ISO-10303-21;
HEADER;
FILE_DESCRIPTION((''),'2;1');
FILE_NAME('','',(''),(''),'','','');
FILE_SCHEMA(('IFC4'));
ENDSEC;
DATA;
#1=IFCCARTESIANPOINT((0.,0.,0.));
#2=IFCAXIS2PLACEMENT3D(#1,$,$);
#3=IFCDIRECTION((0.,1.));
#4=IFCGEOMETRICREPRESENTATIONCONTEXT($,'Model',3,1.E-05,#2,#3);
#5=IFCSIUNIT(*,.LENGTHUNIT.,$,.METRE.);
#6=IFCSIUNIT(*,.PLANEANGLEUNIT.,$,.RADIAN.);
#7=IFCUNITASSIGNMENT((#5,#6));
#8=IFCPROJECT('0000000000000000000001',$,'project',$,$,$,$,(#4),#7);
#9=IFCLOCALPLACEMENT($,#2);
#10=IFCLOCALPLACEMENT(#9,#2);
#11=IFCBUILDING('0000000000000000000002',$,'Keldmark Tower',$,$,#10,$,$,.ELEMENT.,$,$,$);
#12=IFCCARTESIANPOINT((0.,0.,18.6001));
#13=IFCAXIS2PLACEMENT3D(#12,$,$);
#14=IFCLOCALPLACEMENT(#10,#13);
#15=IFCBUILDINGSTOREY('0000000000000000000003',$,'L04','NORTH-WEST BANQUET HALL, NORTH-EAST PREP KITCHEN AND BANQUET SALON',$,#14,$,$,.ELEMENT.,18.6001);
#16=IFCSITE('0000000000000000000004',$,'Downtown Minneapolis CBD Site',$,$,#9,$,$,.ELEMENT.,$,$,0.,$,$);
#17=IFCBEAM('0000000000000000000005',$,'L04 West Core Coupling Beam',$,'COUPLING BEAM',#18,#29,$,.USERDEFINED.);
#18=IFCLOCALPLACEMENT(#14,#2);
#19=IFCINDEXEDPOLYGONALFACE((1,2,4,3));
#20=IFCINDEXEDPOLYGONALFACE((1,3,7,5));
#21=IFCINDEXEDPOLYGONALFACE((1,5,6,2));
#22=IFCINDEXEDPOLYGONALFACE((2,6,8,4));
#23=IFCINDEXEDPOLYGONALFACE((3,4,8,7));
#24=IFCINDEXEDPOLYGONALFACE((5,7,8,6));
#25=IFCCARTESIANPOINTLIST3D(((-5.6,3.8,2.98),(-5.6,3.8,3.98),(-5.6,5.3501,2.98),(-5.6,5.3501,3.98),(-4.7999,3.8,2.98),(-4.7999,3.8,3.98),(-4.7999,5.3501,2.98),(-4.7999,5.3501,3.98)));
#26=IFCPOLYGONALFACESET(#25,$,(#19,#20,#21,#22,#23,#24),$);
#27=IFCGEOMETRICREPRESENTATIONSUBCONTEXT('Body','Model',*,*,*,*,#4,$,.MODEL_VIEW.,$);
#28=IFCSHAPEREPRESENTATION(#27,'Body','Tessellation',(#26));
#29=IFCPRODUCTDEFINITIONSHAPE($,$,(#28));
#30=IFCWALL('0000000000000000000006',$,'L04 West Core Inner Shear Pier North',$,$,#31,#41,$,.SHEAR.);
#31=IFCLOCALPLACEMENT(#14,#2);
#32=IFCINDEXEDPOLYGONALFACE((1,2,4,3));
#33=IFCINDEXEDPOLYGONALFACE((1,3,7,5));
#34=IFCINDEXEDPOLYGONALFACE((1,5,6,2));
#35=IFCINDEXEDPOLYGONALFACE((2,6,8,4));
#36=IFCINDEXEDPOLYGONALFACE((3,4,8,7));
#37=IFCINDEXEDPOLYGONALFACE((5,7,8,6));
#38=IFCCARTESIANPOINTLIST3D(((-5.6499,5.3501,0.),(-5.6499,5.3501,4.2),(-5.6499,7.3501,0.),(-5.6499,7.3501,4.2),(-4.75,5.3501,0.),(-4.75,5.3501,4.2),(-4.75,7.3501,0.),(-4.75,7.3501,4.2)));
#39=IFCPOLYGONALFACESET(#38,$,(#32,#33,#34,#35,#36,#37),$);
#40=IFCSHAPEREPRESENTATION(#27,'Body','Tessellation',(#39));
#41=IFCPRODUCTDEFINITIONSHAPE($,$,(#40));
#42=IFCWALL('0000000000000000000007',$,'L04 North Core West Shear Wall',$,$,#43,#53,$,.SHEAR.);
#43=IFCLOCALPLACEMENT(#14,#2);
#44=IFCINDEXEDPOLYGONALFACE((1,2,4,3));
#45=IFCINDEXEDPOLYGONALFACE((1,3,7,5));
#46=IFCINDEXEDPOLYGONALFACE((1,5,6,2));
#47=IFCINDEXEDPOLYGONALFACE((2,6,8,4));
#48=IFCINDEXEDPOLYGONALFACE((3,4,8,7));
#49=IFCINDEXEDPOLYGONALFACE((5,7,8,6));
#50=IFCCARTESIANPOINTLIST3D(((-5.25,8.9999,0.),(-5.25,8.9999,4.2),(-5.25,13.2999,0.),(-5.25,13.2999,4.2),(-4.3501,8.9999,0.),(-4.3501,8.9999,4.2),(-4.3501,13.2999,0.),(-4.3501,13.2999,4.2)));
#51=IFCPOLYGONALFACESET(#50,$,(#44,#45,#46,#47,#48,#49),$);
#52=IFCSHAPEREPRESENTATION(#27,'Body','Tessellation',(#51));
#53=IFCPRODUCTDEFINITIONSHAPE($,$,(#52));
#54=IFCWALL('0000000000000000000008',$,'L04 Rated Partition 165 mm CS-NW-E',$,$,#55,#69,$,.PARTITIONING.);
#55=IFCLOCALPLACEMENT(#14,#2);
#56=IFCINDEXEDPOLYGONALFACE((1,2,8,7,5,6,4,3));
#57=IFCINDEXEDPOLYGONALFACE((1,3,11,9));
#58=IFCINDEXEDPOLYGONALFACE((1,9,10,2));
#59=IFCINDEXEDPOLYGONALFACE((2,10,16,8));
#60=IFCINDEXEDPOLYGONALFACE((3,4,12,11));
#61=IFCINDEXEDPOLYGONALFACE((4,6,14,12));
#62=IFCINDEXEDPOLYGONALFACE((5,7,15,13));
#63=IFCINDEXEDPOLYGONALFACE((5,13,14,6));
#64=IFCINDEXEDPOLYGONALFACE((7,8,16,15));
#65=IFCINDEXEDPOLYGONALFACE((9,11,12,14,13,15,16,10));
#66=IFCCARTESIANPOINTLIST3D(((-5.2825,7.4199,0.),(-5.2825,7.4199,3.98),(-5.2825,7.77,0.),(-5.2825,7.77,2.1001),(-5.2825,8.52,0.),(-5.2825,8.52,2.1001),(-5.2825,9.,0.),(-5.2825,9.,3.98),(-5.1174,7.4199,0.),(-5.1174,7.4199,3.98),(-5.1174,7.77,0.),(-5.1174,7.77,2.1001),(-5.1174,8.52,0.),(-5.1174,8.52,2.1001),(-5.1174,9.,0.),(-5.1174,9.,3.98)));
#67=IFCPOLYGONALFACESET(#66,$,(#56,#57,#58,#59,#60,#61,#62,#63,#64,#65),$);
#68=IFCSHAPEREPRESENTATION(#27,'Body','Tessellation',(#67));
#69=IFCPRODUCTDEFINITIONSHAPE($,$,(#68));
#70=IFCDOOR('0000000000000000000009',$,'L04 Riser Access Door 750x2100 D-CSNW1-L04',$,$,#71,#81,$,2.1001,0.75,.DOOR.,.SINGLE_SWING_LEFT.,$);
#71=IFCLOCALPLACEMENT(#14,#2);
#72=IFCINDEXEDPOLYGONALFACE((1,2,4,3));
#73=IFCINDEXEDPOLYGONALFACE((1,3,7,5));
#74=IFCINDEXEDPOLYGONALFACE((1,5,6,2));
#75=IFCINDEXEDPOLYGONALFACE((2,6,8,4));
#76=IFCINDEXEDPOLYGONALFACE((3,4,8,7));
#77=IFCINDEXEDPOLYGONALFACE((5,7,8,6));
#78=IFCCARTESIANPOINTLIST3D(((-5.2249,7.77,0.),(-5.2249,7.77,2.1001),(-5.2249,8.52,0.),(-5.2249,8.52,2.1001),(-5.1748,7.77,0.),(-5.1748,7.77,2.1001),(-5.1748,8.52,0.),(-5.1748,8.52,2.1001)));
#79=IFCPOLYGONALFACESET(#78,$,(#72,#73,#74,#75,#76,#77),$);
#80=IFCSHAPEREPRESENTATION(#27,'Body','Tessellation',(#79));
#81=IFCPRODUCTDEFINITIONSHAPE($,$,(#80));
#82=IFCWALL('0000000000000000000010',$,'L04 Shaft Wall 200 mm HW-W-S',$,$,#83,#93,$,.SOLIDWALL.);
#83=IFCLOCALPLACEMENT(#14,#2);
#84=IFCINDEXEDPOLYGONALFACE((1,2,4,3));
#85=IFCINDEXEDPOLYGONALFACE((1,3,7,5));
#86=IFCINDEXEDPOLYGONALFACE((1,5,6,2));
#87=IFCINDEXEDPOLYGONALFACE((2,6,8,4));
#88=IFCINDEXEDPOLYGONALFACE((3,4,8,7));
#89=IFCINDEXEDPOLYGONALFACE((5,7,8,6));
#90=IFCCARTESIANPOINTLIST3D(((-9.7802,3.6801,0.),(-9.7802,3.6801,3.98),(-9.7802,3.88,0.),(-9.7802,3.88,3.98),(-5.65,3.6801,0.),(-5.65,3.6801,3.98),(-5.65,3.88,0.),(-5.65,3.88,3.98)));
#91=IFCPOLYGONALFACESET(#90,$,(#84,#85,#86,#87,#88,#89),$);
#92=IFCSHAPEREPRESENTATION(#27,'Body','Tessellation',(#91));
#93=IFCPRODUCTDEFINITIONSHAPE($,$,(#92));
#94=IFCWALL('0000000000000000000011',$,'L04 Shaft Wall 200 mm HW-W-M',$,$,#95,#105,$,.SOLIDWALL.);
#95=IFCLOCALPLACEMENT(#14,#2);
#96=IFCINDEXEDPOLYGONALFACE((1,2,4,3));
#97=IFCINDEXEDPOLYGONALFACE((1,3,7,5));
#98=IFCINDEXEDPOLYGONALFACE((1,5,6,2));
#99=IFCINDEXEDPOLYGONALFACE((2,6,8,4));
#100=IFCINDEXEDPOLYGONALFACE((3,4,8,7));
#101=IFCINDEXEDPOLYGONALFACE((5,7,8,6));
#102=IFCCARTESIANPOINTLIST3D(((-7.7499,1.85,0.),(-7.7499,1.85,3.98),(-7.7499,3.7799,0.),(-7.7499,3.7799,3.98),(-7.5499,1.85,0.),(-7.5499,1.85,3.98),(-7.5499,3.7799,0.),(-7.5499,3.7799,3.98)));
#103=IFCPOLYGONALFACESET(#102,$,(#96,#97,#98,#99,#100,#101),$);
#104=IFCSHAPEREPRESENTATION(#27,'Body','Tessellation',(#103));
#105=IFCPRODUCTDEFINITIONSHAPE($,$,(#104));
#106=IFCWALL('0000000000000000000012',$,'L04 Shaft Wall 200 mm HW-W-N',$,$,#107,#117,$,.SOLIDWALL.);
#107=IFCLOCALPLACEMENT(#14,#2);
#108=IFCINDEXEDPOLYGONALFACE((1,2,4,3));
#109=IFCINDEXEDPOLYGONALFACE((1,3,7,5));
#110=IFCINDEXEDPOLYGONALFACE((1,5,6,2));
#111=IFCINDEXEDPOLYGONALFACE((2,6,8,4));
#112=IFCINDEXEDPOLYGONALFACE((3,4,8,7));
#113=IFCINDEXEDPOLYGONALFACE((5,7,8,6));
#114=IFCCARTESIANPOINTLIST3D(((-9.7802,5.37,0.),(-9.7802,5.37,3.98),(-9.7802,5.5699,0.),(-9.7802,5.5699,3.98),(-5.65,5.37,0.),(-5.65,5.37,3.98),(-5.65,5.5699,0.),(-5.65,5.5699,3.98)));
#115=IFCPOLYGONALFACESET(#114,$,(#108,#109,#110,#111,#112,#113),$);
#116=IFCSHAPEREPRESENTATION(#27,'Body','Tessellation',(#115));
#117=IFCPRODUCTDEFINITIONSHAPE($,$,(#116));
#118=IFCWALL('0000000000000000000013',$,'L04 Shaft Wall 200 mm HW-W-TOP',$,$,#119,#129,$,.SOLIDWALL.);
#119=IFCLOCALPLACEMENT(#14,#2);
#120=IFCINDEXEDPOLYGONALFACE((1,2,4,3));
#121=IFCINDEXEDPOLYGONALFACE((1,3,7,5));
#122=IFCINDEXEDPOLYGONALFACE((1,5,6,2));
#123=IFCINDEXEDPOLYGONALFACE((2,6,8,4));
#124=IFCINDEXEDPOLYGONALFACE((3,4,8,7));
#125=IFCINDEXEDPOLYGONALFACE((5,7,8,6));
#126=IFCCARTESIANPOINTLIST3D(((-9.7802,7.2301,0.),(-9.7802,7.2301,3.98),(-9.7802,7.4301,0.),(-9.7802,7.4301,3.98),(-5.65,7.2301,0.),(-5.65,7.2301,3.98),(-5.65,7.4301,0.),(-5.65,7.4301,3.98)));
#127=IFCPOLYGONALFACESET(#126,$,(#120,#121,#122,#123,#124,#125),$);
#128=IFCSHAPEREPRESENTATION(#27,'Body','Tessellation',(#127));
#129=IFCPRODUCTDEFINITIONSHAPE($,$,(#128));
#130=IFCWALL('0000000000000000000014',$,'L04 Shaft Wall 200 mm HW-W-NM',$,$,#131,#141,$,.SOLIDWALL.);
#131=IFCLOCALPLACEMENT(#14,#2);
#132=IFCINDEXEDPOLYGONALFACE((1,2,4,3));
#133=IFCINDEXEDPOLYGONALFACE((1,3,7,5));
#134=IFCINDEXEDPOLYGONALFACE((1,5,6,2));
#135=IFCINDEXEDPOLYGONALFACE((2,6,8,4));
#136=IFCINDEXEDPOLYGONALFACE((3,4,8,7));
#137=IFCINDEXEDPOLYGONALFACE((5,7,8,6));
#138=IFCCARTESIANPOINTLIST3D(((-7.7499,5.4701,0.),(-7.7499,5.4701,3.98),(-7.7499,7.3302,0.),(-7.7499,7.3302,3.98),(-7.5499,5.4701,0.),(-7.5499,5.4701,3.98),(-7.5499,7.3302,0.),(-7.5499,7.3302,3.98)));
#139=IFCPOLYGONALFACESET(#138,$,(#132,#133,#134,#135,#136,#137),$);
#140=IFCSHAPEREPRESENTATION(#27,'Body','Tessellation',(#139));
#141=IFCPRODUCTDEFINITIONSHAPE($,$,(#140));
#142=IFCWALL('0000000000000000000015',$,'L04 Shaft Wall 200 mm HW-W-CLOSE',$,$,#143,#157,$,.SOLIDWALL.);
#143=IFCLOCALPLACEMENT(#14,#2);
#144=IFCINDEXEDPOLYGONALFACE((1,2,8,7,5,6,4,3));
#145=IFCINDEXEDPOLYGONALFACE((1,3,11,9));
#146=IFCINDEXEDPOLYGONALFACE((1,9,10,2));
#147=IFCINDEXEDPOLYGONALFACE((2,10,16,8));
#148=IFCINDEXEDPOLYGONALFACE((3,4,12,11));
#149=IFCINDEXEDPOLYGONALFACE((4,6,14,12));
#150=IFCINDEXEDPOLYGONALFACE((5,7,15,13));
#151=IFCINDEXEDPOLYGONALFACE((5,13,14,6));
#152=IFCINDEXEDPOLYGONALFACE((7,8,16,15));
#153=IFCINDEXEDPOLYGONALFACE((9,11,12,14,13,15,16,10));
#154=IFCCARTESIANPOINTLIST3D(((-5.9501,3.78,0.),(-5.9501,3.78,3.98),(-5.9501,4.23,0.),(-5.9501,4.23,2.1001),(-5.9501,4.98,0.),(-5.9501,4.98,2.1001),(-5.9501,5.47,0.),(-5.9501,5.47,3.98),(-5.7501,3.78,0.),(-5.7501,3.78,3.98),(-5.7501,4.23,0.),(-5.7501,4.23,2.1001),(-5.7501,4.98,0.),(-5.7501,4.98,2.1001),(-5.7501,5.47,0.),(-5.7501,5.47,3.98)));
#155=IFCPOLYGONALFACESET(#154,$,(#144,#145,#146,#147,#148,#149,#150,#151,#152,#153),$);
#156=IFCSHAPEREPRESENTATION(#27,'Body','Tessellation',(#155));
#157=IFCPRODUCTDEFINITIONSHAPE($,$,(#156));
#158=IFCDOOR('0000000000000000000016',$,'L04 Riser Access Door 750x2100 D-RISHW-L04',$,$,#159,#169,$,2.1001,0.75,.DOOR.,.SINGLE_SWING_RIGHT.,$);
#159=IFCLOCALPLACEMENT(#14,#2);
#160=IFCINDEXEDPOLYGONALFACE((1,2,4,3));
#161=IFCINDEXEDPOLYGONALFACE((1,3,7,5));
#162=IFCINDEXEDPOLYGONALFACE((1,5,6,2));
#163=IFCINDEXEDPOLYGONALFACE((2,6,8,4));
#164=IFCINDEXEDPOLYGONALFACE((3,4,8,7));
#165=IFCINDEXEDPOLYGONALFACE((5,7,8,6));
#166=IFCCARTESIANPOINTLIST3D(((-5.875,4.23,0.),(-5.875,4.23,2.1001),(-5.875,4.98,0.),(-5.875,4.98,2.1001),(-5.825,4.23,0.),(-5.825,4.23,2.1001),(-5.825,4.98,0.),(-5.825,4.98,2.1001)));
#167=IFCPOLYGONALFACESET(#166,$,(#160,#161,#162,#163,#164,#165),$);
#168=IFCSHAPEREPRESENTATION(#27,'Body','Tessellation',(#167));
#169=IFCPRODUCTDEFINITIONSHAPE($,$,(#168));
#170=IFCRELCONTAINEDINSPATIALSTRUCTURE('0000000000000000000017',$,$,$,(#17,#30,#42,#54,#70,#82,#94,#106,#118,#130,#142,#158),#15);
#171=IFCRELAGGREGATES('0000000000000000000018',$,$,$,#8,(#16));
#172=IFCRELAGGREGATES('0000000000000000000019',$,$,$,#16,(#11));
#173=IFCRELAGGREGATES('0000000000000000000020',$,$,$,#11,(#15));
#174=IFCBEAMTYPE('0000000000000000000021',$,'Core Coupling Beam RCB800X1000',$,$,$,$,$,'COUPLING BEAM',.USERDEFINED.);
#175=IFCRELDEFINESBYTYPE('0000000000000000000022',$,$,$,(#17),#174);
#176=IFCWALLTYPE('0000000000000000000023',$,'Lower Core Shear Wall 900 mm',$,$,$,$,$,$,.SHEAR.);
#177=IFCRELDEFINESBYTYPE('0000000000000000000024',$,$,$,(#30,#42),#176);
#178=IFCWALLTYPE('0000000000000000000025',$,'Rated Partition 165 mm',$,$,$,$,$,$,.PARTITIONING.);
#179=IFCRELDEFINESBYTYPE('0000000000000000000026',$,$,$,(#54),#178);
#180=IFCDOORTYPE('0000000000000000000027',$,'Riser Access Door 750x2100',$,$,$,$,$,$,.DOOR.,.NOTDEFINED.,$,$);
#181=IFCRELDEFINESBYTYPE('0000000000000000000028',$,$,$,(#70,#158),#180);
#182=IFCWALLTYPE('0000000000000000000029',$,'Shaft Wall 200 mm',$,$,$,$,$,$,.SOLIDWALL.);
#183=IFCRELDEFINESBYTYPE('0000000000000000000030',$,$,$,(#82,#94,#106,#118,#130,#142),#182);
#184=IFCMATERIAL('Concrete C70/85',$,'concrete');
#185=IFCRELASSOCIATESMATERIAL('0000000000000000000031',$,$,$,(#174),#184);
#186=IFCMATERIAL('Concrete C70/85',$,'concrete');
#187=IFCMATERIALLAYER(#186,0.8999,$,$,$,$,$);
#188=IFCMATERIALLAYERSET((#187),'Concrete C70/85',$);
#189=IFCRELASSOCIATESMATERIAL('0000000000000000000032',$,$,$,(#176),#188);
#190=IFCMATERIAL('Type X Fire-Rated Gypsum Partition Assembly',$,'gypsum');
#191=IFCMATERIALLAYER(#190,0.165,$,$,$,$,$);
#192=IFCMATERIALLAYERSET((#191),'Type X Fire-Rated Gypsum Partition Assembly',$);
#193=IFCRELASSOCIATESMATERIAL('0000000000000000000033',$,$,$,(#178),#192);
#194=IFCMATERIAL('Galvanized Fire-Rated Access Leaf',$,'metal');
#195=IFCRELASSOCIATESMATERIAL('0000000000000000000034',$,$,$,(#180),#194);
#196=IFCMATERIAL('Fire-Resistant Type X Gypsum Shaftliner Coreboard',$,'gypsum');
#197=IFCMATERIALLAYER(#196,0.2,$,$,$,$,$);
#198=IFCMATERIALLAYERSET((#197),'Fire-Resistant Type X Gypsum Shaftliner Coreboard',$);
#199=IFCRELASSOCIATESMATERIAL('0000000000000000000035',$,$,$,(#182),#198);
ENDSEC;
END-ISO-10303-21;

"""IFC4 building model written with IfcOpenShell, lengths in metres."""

from ifc_helpers import new_model, si_unit, direction, frame, frame_2d, origin, origin_2d, place, context, subcontext, project, spatial, rectangle, extrude, material, layer, layer_set, material_profile, profile_set, type_object, element, fill, save


model = new_model("IFC4")

# Units and contexts
model_context = context("Model", 3, precision=1e-05, world=origin(), true_north=direction((0.0, 1.0)))
body_context = subcontext(model_context, "Body", "Model", "MODEL_VIEW")
ifc_project = project(units=[si_unit("LENGTHUNIT", "METRE"), si_unit("PLANEANGLEUNIT", "RADIAN")], contexts=[model_context])

# Site, building, storey
site_placement = place(None, origin())
site = spatial("IfcSite", under=ifc_project, at=site_placement, Name="Downtown Minneapolis CBD Site", CompositionType="ELEMENT", RefElevation=0.0)
building_placement = place(site_placement, origin())
building = spatial("IfcBuilding", under=site, at=building_placement, Name="Keldmark Tower", CompositionType="ELEMENT")
storey_placement = place(building_placement, frame((0.0, 0.0, 18.6001)))
storey = spatial("IfcBuildingStorey", under=building, at=storey_placement, Name="L04", Description="NORTH-WEST BANQUET HALL, NORTH-EAST PREP KITCHEN AND BANQUET SALON", CompositionType="ELEMENT", Elevation=18.6001)

# Beam
ifc_material_1 = material(Name="Concrete C70/85", Category="concrete")
ifc_material_profile = material_profile(ifc_material_1, rectangle(XDim=0.8, YDim=1.0, at=origin_2d()), Name="RCB800X1000")
ifc_profile_set = profile_set([ifc_material_profile], Name="Concrete C70/85")
beam_type = type_object("IfcBeamType", Name="Core Coupling Beam RCB800X1000", ElementType="COUPLING BEAM", PredefinedType="USERDEFINED", material=ifc_profile_set)
beam_placement = place(storey_placement, frame((-5.2, 3.8, 3.48), z_axis=(0.0, 1.0, 0.0), x_axis=(-1.0, 0.0, 0.0)))
element("IfcBeam", 1, at=beam_placement, inside=storey, type_object=beam_type, Name="L04 West Core Coupling Beam", ObjectType="COUPLING BEAM", PredefinedType="USERDEFINED", context=body_context, shape_type="SweptSolid", body=[
    extrude(rectangle(XDim=0.8, YDim=1.0, at=origin_2d()), origin(), (0.0, 0.0, 1.0), 1.55),
])

# Walls
ifc_material_2 = material(Name="Concrete C70/85", Category="concrete")
ifc_layer_1 = layer(ifc_material_2, 0.8999)
ifc_layer_set_1 = layer_set([ifc_layer_1], Name="Concrete C70/85")
wall_type_1 = type_object("IfcWallType", Name="Lower Core Shear Wall 900 mm", PredefinedType="SHEAR", material=ifc_layer_set_1)
wall_1_placement = place(storey_placement, frame((-5.2, 5.3501, 0.0), z_axis=(0.0, 0.0, 1.0), x_axis=(0.0, 1.0, 0.0)))
element("IfcWall", 2, at=wall_1_placement, inside=storey, type_object=wall_type_1, Name="L04 West Core Inner Shear Pier North", PredefinedType="SHEAR", context=body_context, shape_type="SweptSolid", body=[
    extrude(rectangle(XDim=2.0, YDim=0.8999, at=frame_2d((1.0, 0.0))), origin(), (0.0, 0.0, 1.0), 4.2),
])
wall_2_placement = place(storey_placement, frame((-4.8, 9.0, 0.0), z_axis=(0.0, 0.0, 1.0), x_axis=(0.0, 1.0, 0.0)))
element("IfcWall", 3, at=wall_2_placement, inside=storey, type_object=wall_type_1, Name="L04 North Core West Shear Wall", PredefinedType="SHEAR", context=body_context, shape_type="SweptSolid", body=[
    extrude(rectangle(XDim=4.3, YDim=0.8999, at=frame_2d((2.1499, 0.0))), origin(), (0.0, 0.0, 1.0), 4.2),
])

# Wall, opening, door
ifc_material_3 = material(Name="Type X Fire-Rated Gypsum Partition Assembly", Category="gypsum")
ifc_layer_2 = layer(ifc_material_3, 0.165)
ifc_layer_set_2 = layer_set([ifc_layer_2], Name="Type X Fire-Rated Gypsum Partition Assembly")
wall_type_2 = type_object("IfcWallType", Name="Rated Partition 165 mm", PredefinedType="PARTITIONING", material=ifc_layer_set_2)
wall_3_placement = place(storey_placement, frame((-5.2, 7.4199, 0.0), z_axis=(0.0, 0.0, 1.0), x_axis=(0.0, 1.0, 0.0)))
wall_3 = element("IfcWall", 4, at=wall_3_placement, inside=storey, type_object=wall_type_2, Name="L04 Rated Partition 165 mm CS-NW-E", PredefinedType="PARTITIONING", context=body_context, shape_type="SweptSolid", body=[
    extrude(rectangle(XDim=1.5801, YDim=0.165, at=frame_2d((0.79, 0.0))), origin(), (0.0, 0.0, 1.0), 3.98),
])
opening_1_placement = place(wall_3_placement, frame((0.3501, 0.0, 0.0)))
opening_1 = element("IfcOpeningElement", 5, at=opening_1_placement, cuts=wall_3, PredefinedType="OPENING", context=body_context, shape_type="SweptSolid", body=[
    extrude(rectangle(XDim=0.75, YDim=2.1001, at=frame_2d((0.375, 1.05))), frame((0.0, 0.0925, 0.0), z_axis=(0.0, -1.0, 0.0), x_axis=(1.0, 0.0, 0.0)), (0.0, 0.0, 1.0), 0.1851),
])
ifc_material_4 = material(Name="Galvanized Fire-Rated Access Leaf", Category="metal")
door_type_1 = type_object("IfcDoorType", Name="Riser Access Door 750x2100", OperationType="NOTDEFINED", PredefinedType="DOOR", material=ifc_material_4)
door_1_placement = place(opening_1_placement, origin())
door_1 = element("IfcDoor", 6, at=door_1_placement, inside=storey, type_object=door_type_1, Name="L04 Riser Access Door 750x2100 D-CSNW1-L04", OperationType="SINGLE_SWING_LEFT", OverallHeight=2.1001, OverallWidth=0.75, PredefinedType="DOOR", context=body_context, shape_type="SweptSolid", body=[
    extrude(rectangle(XDim=0.75, YDim=2.1001, at=frame_2d((0.375, 1.05))), frame((0.0, 0.0249, 0.0), z_axis=(0.0, -1.0, 0.0), x_axis=(1.0, 0.0, 0.0)), (0.0, 0.0, 1.0), 0.05),
])
fill(opening_1, door_1)

# Walls
ifc_material_5 = material(Name="Fire-Resistant Type X Gypsum Shaftliner Coreboard", Category="gypsum")
ifc_layer_3 = layer(ifc_material_5, 0.2)
ifc_layer_set_3 = layer_set([ifc_layer_3], Name="Fire-Resistant Type X Gypsum Shaftliner Coreboard")
wall_type_3 = type_object("IfcWallType", Name="Shaft Wall 200 mm", PredefinedType="SOLIDWALL", material=ifc_layer_set_3)
wall_4_placement = place(storey_placement, frame((-9.78, 3.78, 0.0), z_axis=(0.0, 0.0, 1.0), x_axis=(1.0, 0.0, 0.0)))
element("IfcWall", 7, at=wall_4_placement, inside=storey, type_object=wall_type_3, Name="L04 Shaft Wall 200 mm HW-W-S", PredefinedType="SOLIDWALL", context=body_context, shape_type="SweptSolid", body=[
    extrude(rectangle(XDim=4.1301, YDim=0.2, at=frame_2d((2.0649, 0.0))), origin(), (0.0, 0.0, 1.0), 3.98),
])
wall_5_placement = place(storey_placement, frame((-7.6499, 1.8501, 0.0), z_axis=(0.0, 0.0, 1.0), x_axis=(0.0, 1.0, 0.0)))
element("IfcWall", 8, at=wall_5_placement, inside=storey, type_object=wall_type_3, Name="L04 Shaft Wall 200 mm HW-W-M", PredefinedType="SOLIDWALL", context=body_context, shape_type="SweptSolid", body=[
    extrude(rectangle(XDim=1.9299, YDim=0.2, at=frame_2d((0.9648, 0.0))), origin(), (0.0, 0.0, 1.0), 3.98),
])
for number, where, z_axis, x_axis, name in (
    (9, (-9.78, 5.47, 0.0), (0.0, 0.0, 1.0), (1.0, 0.0, 0.0), "L04 Shaft Wall 200 mm HW-W-N"),
    (10, (-9.78, 7.3301, 0.0), (0.0, 0.0, 1.0), (1.0, 0.0, 0.0), "L04 Shaft Wall 200 mm HW-W-TOP"),
):
    element("IfcWall", number, at=place(storey_placement, frame(where, z_axis=z_axis, x_axis=x_axis)), inside=storey, type_object=wall_type_3, Name=name, PredefinedType="SOLIDWALL", context=body_context, shape_type="SweptSolid", body=[
        extrude(rectangle(XDim=4.1301, YDim=0.2, at=frame_2d((2.0649, 0.0))), origin(), (0.0, 0.0, 1.0), 3.98),
    ])
wall_6_placement = place(storey_placement, frame((-7.6499, 5.47, 0.0), z_axis=(0.0, 0.0, 1.0), x_axis=(0.0, 1.0, 0.0)))
element("IfcWall", 11, at=wall_6_placement, inside=storey, type_object=wall_type_3, Name="L04 Shaft Wall 200 mm HW-W-NM", PredefinedType="SOLIDWALL", context=body_context, shape_type="SweptSolid", body=[
    extrude(rectangle(XDim=1.8601, YDim=0.2, at=frame_2d((0.9302, 0.0))), origin(), (0.0, 0.0, 1.0), 3.98),
])

# Wall, opening, door
wall_7_placement = place(storey_placement, frame((-5.8501, 3.78, 0.0), z_axis=(0.0, 0.0, 1.0), x_axis=(0.0, 1.0, 0.0)))
wall_7 = element("IfcWall", 12, at=wall_7_placement, inside=storey, type_object=wall_type_3, Name="L04 Shaft Wall 200 mm HW-W-CLOSE", PredefinedType="SOLIDWALL", context=body_context, shape_type="SweptSolid", body=[
    extrude(rectangle(XDim=1.6899, YDim=0.2, at=frame_2d((0.845, 0.0))), origin(), (0.0, 0.0, 1.0), 3.98),
])
opening_2_placement = place(wall_7_placement, frame((0.45, 0.0, 0.0)))
opening_2 = element("IfcOpeningElement", 13, at=opening_2_placement, cuts=wall_7, PredefinedType="OPENING", context=body_context, shape_type="SweptSolid", body=[
    extrude(rectangle(XDim=0.75, YDim=2.1001, at=frame_2d((0.375, 1.05))), frame((0.0, 0.1099, 0.0), z_axis=(0.0, -1.0, 0.0), x_axis=(1.0, 0.0, 0.0)), (0.0, 0.0, 1.0), 0.22),
])
door_2_placement = place(opening_2_placement, origin())
door_2 = element("IfcDoor", 14, at=door_2_placement, inside=storey, type_object=door_type_1, Name="L04 Riser Access Door 750x2100 D-RISHW-L04", OperationType="SINGLE_SWING_RIGHT", OverallHeight=2.1001, OverallWidth=0.75, PredefinedType="DOOR", context=body_context, shape_type="SweptSolid", body=[
    extrude(rectangle(XDim=0.75, YDim=2.1001, at=frame_2d((0.375, 1.05))), frame((0.0, 0.0249, 0.0), z_axis=(0.0, -1.0, 0.0), x_axis=(1.0, 0.0, 0.0)), (0.0, 0.0, 1.0), 0.05),
])
fill(opening_2, door_2)

save(model, "model.ifc")
